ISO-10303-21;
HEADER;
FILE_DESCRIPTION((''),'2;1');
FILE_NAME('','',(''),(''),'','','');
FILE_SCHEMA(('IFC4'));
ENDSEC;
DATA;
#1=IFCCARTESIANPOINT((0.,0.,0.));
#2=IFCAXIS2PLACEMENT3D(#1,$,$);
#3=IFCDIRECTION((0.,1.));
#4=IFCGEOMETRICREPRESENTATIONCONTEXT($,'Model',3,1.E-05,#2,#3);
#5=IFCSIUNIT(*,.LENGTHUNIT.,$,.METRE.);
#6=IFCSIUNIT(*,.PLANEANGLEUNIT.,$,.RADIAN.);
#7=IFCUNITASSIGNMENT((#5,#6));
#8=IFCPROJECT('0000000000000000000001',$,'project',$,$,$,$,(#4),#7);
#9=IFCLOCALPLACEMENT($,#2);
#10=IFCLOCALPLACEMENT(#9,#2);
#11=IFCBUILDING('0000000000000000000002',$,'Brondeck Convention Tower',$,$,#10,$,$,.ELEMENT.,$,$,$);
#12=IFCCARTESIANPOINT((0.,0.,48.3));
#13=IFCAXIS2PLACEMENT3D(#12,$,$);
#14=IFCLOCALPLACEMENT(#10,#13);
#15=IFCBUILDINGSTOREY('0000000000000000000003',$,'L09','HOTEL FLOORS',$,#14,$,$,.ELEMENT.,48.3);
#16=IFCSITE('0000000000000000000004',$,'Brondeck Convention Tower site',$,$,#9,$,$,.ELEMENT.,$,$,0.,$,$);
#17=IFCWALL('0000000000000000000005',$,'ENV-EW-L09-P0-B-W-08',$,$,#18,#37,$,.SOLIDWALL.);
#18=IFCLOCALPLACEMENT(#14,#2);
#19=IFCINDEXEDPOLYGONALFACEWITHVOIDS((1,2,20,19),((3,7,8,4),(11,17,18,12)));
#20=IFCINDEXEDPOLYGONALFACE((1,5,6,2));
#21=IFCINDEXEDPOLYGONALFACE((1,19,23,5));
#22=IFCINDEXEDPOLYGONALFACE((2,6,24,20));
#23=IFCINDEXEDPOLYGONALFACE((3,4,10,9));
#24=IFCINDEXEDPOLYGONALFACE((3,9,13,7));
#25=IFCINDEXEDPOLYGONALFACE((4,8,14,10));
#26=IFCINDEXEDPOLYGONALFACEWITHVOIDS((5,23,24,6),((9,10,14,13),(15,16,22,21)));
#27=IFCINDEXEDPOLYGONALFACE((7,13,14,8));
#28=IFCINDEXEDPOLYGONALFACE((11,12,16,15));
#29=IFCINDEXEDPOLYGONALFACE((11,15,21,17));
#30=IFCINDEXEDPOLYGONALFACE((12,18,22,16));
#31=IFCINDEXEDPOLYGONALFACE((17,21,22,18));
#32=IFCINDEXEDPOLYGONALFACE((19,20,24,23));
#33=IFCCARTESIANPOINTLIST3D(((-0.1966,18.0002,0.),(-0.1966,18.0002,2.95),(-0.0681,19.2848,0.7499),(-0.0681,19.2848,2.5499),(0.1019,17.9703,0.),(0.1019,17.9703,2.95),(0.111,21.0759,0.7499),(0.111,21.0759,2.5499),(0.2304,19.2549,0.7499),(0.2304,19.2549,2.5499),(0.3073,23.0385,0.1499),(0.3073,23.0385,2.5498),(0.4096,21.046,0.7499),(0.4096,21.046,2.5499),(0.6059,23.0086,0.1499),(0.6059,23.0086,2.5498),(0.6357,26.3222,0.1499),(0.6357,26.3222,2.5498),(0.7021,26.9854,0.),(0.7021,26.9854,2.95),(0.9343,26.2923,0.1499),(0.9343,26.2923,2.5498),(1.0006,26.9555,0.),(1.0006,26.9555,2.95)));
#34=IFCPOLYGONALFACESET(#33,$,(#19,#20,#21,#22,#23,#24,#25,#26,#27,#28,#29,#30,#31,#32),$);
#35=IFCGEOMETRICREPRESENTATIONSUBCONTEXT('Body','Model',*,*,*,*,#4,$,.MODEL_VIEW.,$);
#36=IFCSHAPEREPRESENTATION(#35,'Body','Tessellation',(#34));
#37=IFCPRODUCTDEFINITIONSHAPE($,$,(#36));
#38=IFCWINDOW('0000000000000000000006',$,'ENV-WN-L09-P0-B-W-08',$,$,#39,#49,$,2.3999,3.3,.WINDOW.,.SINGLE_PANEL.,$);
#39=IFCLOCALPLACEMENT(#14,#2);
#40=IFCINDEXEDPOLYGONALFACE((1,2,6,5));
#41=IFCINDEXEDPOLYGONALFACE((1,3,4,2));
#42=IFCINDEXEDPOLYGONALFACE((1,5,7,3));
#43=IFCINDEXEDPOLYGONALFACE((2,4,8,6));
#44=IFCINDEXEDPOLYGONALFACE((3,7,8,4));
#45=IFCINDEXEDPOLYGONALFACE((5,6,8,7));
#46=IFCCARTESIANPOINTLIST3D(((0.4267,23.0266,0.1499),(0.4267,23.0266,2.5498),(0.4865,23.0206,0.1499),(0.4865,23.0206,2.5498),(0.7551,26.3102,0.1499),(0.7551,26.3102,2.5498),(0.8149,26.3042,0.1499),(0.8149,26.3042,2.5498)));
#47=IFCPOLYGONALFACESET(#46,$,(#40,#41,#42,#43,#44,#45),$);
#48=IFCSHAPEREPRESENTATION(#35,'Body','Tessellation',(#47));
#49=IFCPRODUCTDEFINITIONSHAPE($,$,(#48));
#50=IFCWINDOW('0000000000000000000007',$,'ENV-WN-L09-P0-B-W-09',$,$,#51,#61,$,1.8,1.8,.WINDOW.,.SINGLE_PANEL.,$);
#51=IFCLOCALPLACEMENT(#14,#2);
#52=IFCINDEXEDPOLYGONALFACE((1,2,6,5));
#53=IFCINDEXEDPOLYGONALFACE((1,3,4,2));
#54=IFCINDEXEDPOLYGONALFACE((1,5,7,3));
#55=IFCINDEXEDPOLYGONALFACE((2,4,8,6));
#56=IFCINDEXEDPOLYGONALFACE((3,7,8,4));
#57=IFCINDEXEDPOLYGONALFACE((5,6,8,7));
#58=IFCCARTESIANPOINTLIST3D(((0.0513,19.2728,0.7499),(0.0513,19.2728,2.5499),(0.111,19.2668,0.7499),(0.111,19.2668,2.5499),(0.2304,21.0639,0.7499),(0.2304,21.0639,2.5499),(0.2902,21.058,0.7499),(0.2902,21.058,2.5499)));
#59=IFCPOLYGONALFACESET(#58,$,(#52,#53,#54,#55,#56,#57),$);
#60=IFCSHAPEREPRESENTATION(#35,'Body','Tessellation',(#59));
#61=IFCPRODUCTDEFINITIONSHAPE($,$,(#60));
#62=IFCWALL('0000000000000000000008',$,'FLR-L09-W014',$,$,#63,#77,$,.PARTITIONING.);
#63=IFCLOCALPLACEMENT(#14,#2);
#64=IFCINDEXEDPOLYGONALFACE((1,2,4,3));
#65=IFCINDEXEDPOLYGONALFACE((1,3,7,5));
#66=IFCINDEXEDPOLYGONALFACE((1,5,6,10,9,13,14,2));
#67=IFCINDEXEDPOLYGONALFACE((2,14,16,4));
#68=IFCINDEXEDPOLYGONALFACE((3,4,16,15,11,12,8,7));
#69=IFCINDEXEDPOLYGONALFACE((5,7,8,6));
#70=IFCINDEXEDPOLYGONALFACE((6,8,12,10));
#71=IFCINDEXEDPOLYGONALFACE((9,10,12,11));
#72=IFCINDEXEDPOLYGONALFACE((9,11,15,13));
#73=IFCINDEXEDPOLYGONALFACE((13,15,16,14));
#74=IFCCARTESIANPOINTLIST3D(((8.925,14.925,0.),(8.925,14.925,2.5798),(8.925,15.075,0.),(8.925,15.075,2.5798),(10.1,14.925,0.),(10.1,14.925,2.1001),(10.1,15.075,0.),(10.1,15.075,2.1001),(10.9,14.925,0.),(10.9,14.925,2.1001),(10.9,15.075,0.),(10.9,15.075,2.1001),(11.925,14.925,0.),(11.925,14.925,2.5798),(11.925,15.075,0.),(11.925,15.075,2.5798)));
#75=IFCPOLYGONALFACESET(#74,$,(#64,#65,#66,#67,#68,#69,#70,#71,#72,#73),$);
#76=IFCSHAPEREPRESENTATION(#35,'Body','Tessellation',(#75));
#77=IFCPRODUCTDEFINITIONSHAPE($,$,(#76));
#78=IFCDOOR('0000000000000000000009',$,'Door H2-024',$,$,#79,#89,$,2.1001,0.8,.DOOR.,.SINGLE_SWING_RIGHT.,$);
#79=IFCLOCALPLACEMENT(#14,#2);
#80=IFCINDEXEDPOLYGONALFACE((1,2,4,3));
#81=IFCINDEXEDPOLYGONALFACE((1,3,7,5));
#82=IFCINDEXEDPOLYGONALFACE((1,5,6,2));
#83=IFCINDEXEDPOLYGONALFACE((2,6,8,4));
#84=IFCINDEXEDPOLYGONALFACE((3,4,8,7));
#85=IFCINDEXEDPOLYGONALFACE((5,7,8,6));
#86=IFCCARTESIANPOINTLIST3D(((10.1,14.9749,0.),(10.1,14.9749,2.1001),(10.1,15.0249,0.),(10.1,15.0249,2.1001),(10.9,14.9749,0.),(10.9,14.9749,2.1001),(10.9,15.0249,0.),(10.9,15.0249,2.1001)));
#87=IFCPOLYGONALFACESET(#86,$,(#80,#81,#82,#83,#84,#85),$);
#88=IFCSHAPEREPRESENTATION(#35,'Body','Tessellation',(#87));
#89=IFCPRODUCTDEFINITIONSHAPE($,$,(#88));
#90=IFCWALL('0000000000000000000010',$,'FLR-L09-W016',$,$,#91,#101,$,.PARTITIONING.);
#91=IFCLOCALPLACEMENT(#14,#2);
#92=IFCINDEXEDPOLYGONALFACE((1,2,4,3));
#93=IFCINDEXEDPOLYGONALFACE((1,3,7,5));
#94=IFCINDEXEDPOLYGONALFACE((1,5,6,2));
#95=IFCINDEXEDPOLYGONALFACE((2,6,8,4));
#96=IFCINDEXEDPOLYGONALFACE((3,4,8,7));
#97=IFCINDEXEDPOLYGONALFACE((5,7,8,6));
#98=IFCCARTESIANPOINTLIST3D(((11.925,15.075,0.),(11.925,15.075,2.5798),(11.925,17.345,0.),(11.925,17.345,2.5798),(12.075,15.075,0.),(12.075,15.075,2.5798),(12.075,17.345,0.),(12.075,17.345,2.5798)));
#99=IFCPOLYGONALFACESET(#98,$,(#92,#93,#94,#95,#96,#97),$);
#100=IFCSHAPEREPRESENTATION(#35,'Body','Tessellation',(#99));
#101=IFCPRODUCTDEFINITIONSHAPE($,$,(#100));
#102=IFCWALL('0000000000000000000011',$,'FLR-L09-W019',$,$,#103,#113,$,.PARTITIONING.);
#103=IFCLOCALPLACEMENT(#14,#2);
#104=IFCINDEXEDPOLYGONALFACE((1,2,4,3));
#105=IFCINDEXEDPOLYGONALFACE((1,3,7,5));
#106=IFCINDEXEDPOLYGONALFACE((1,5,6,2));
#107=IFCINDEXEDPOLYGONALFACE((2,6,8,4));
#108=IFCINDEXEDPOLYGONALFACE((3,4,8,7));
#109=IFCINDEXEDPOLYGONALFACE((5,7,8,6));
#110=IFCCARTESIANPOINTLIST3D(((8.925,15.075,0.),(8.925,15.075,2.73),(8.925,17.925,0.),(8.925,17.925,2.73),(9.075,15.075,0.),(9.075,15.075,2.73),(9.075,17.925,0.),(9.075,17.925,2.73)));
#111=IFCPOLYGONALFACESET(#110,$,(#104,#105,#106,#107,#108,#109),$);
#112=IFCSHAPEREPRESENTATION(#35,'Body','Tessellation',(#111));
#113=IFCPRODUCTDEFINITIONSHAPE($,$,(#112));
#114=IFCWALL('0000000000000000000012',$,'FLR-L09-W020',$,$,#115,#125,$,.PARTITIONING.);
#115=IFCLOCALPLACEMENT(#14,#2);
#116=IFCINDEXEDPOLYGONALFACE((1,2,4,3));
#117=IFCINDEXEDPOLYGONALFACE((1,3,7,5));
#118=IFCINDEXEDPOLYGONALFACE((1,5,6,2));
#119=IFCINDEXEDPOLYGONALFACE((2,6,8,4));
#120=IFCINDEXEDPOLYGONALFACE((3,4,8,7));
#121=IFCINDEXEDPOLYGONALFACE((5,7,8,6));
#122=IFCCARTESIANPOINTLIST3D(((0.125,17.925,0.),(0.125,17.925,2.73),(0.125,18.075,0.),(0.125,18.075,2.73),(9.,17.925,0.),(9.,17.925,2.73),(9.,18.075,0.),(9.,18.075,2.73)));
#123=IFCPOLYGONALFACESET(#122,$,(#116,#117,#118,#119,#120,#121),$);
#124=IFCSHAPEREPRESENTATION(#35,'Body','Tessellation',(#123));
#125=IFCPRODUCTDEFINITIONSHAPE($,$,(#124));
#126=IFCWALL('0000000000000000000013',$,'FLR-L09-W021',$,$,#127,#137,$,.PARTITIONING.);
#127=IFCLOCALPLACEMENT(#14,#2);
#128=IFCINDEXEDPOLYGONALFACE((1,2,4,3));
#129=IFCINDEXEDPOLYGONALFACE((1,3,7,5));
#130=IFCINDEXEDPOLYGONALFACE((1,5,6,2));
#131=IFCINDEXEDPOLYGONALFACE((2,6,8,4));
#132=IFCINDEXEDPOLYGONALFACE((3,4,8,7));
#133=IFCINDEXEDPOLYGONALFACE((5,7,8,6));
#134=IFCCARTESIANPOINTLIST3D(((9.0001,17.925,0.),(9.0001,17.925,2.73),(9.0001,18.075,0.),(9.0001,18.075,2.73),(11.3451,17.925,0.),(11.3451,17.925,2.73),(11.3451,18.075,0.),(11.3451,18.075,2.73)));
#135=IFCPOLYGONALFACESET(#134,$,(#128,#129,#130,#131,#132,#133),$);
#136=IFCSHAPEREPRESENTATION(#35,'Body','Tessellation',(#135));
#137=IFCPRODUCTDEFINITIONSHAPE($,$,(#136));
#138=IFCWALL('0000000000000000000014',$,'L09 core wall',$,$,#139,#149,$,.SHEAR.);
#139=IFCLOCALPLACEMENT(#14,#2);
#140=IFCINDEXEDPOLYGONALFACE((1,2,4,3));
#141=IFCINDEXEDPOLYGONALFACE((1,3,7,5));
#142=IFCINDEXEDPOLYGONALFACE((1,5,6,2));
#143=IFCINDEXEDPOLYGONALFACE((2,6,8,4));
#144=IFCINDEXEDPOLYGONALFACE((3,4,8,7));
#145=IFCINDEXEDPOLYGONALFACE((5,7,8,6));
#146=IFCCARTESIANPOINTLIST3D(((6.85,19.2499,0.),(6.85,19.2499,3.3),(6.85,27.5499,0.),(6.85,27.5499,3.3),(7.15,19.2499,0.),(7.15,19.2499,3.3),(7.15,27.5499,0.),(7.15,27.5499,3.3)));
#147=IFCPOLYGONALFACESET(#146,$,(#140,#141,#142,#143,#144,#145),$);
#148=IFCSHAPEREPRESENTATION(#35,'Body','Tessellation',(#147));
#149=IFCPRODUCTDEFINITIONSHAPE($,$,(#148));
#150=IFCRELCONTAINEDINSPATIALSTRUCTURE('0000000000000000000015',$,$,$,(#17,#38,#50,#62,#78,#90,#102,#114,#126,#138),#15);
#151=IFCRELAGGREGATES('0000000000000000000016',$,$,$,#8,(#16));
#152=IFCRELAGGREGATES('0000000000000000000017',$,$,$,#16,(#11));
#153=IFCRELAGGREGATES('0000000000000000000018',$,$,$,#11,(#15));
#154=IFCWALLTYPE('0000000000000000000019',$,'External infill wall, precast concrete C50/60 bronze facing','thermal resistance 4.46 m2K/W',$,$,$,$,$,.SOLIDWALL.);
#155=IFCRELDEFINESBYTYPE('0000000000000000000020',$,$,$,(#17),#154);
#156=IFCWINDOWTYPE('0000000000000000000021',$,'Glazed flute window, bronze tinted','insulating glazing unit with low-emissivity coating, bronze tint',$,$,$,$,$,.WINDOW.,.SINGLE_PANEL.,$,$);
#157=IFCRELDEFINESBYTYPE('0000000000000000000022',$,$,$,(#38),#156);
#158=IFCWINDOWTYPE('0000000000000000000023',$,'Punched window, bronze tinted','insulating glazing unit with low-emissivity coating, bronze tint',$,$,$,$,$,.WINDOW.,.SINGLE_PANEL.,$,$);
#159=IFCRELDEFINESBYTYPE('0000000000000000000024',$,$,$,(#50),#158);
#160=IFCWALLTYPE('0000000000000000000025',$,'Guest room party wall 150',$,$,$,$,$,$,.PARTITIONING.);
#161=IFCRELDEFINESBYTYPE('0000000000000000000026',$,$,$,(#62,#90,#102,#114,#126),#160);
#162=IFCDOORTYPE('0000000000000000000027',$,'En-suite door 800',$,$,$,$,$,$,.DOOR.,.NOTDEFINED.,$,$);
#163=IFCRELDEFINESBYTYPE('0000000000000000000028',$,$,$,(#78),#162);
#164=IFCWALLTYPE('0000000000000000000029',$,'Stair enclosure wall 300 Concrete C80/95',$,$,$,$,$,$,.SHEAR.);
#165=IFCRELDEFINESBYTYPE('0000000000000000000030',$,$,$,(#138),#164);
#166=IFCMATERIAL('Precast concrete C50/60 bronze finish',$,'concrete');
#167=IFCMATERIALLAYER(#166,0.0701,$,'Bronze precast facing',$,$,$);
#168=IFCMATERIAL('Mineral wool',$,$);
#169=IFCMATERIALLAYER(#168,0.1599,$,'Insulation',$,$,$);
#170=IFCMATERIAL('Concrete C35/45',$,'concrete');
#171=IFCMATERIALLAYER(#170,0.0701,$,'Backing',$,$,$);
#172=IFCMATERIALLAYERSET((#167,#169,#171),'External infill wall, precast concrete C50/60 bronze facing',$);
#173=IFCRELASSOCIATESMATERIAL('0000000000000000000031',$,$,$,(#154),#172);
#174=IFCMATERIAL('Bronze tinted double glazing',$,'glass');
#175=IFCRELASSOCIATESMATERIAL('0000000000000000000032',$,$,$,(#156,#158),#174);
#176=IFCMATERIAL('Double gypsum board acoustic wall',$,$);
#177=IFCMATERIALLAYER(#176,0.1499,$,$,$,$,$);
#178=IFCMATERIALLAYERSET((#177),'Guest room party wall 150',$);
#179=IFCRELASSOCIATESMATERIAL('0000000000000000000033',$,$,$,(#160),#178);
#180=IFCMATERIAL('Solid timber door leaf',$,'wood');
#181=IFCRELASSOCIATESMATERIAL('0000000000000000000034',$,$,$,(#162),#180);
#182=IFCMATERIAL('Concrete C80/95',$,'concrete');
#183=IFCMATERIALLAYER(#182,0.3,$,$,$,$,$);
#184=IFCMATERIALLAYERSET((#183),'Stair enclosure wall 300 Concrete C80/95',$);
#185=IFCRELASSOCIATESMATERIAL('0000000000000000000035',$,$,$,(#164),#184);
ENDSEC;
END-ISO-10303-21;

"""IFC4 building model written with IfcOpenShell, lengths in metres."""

from ifc_helpers import new_model, si_unit, direction, frame, frame_2d, origin, place, context, subcontext, project, spatial, rectangle, extrude, material, layer, layer_set, type_object, element, fill, save


model = new_model("IFC4")

# Units and contexts
model_context = context("Model", 3, precision=1e-05, world=origin(), true_north=direction((0.0, 1.0)))
body_context = subcontext(model_context, "Body", "Model", "MODEL_VIEW")
ifc_project = project(units=[si_unit("LENGTHUNIT", "METRE"), si_unit("PLANEANGLEUNIT", "RADIAN")], contexts=[model_context])

# Site, building, storey
site_placement = place(None, origin())
site = spatial("IfcSite", under=ifc_project, at=site_placement, Name="Brondeck Convention Tower site", CompositionType="ELEMENT", RefElevation=0.0)
building_placement = place(site_placement, origin())
building = spatial("IfcBuilding", under=site, at=building_placement, Name="Brondeck Convention Tower", CompositionType="ELEMENT")
storey_placement = place(building_placement, frame((0.0, 0.0, 48.3)))
storey = spatial("IfcBuildingStorey", under=building, at=storey_placement, Name="L09", Description="HOTEL FLOORS", CompositionType="ELEMENT", Elevation=48.3)

# Shared definitions
ifc_material_1 = material(Name="Concrete C80/95", Category="concrete")

# Wall, openings, windows
ifc_material_2 = material(Name="Precast concrete C50/60 bronze finish", Category="concrete")
ifc_layer_1 = layer(ifc_material_2, 0.0701, Name="Bronze precast facing")
ifc_material_3 = material(Name="Mineral wool")
ifc_layer_2 = layer(ifc_material_3, 0.1599, Name="Insulation")
ifc_material_4 = material(Name="Concrete C35/45", Category="concrete")
ifc_layer_3 = layer(ifc_material_4, 0.0701, Name="Backing")
ifc_layer_set_1 = layer_set([ifc_layer_1, ifc_layer_2, ifc_layer_3], Name="External infill wall, precast concrete C50/60 bronze facing")
wall_type_1 = type_object("IfcWallType", Name="External infill wall, precast concrete C50/60 bronze facing", Description="thermal resistance 4.46 m2K/W", PredefinedType="SOLIDWALL", material=ifc_layer_set_1)
wall_1_placement = place(storey_placement, frame((-0.0474, 17.9851, 0.0), z_axis=(0.0, 0.0, 1.0), x_axis=(0.099522, 0.995035, 0.0)))
wall_1 = element("IfcWall", 1, at=wall_1_placement, inside=storey, type_object=wall_type_1, Name="ENV-EW-L09-P0-B-W-08", PredefinedType="SOLIDWALL", context=body_context, shape_type="SweptSolid", body=[
    extrude(rectangle(XDim=9.03, YDim=0.3, at=frame_2d((4.5151, 0.0))), origin(), (0.0, 0.0, 1.0), 2.95),
])
opening_1_placement = place(wall_1_placement, frame((1.2913, 0.0, 0.75)))
opening_1 = element("IfcOpeningElement", 2, at=opening_1_placement, cuts=wall_1, PredefinedType="OPENING", context=body_context, shape_type="SweptSolid", body=[
    extrude(rectangle(XDim=1.8, YDim=1.8, at=frame_2d((0.8999, 0.8999))), frame((0.0, 0.1599, 0.0), z_axis=(0.0, -1.0, 0.0), x_axis=(1.0, 0.0, 0.0)), (0.0, 0.0, 1.0), 0.3201),
])
opening_2_placement = place(wall_1_placement, frame((5.0637, 0.0, 0.1499)))
opening_2 = element("IfcOpeningElement", 3, at=opening_2_placement, cuts=wall_1, PredefinedType="OPENING", context=body_context, shape_type="SweptSolid", body=[
    extrude(rectangle(XDim=3.3, YDim=2.3999, at=frame_2d((1.6499, 1.2))), frame((0.0, 0.1599, 0.0), z_axis=(0.0, -1.0, 0.0), x_axis=(1.0, 0.0, 0.0)), (0.0, 0.0, 1.0), 0.3201),
])
ifc_material_5 = material(Name="Bronze tinted double glazing", Category="glass")
window_type_1 = type_object("IfcWindowType", Name="Glazed flute window, bronze tinted", Description="insulating glazing unit with low-emissivity coating, bronze tint", PartitioningType="SINGLE_PANEL", PredefinedType="WINDOW", material=ifc_material_5)
window_1_placement = place(opening_2_placement, origin())
window_1 = element("IfcWindow", 4, at=window_1_placement, inside=storey, type_object=window_type_1, Name="ENV-WN-L09-P0-B-W-08", OverallHeight=2.3999, OverallWidth=3.3, PartitioningType="SINGLE_PANEL", PredefinedType="WINDOW", context=body_context, shape_type="SweptSolid", body=[
    extrude(rectangle(XDim=3.3, YDim=2.3999, at=frame_2d((1.6499, 1.2))), frame((0.0, 0.03, 0.0), z_axis=(0.0, -1.0, 0.0), x_axis=(1.0, 0.0, 0.0)), (0.0, 0.0, 1.0), 0.0601),
])
fill(opening_2, window_1)
window_type_2 = type_object("IfcWindowType", Name="Punched window, bronze tinted", Description="insulating glazing unit with low-emissivity coating, bronze tint", PartitioningType="SINGLE_PANEL", PredefinedType="WINDOW", material=ifc_material_5)
window_2_placement = place(opening_1_placement, origin())
window_2 = element("IfcWindow", 5, at=window_2_placement, inside=storey, type_object=window_type_2, Name="ENV-WN-L09-P0-B-W-09", OverallHeight=1.8, OverallWidth=1.8, PartitioningType="SINGLE_PANEL", PredefinedType="WINDOW", context=body_context, shape_type="SweptSolid", body=[
    extrude(rectangle(XDim=1.8, YDim=1.8, at=frame_2d((0.8999, 0.8999))), frame((0.0, 0.03, 0.0), z_axis=(0.0, -1.0, 0.0), x_axis=(1.0, 0.0, 0.0)), (0.0, 0.0, 1.0), 0.0601),
])
fill(opening_1, window_2)

# Wall, opening, door
ifc_material_6 = material(Name="Double gypsum board acoustic wall")
ifc_layer_4 = layer(ifc_material_6, 0.1499)
ifc_layer_set_2 = layer_set([ifc_layer_4], Name="Guest room party wall 150")
wall_type_2 = type_object("IfcWallType", Name="Guest room party wall 150", PredefinedType="PARTITIONING", material=ifc_layer_set_2)
wall_2_placement = place(storey_placement, frame((8.925, 15.0, 0.0), z_axis=(0.0, 0.0, 1.0), x_axis=(1.0, 0.0, 0.0)))
wall_2 = element("IfcWall", 6, at=wall_2_placement, inside=storey, type_object=wall_type_2, Name="FLR-L09-W014", PredefinedType="PARTITIONING", context=body_context, shape_type="SweptSolid", body=[
    extrude(rectangle(XDim=3.0, YDim=0.1499, at=frame_2d((1.5, 0.0))), origin(), (0.0, 0.0, 1.0), 2.5798),
])
opening_3_placement = place(wall_2_placement, frame((1.175, 0.0, 0.0)))
opening_3 = element("IfcOpeningElement", 7, at=opening_3_placement, cuts=wall_2, PredefinedType="OPENING", context=body_context, shape_type="SweptSolid", body=[
    extrude(rectangle(XDim=0.8, YDim=2.1001, at=frame_2d((0.3999, 1.05))), frame((0.0, 0.085, 0.0), z_axis=(0.0, -1.0, 0.0), x_axis=(1.0, 0.0, 0.0)), (0.0, 0.0, 1.0), 0.1699),
])
ifc_material_7 = material(Name="Solid timber door leaf", Category="wood")
door_type_1 = type_object("IfcDoorType", Name="En-suite door 800", OperationType="NOTDEFINED", PredefinedType="DOOR", material=ifc_material_7)
door_1_placement = place(opening_3_placement, origin())
door_1 = element("IfcDoor", 8, at=door_1_placement, inside=storey, type_object=door_type_1, Name="Door H2-024", OperationType="SINGLE_SWING_RIGHT", OverallHeight=2.1001, OverallWidth=0.8, PredefinedType="DOOR", context=body_context, shape_type="SweptSolid", body=[
    extrude(rectangle(XDim=0.8, YDim=2.1001, at=frame_2d((0.3999, 1.05))), frame((0.0, 0.0249, 0.0), z_axis=(0.0, -1.0, 0.0), x_axis=(1.0, 0.0, 0.0)), (0.0, 0.0, 1.0), 0.05),
])
fill(opening_3, door_1)

# Walls
wall_3_placement = place(storey_placement, frame((12.0, 15.075, 0.0), z_axis=(0.0, 0.0, 1.0), x_axis=(0.0, 1.0, 0.0)))
element("IfcWall", 9, at=wall_3_placement, inside=storey, type_object=wall_type_2, Name="FLR-L09-W016", PredefinedType="PARTITIONING", context=body_context, shape_type="SweptSolid", body=[
    extrude(rectangle(XDim=2.27, YDim=0.1499, at=frame_2d((1.135, 0.0))), origin(), (0.0, 0.0, 1.0), 2.5798),
])
wall_4_placement = place(storey_placement, frame((9.0, 17.925, 0.0), z_axis=(0.0, 0.0, 1.0), x_axis=(0.0, -1.0, 0.0)))
element("IfcWall", 10, at=wall_4_placement, inside=storey, type_object=wall_type_2, Name="FLR-L09-W019", PredefinedType="PARTITIONING", context=body_context, shape_type="SweptSolid", body=[
    extrude(rectangle(XDim=2.8501, YDim=0.1499, at=frame_2d((1.425, 0.0))), origin(), (0.0, 0.0, 1.0), 2.73),
])
wall_5_placement = place(storey_placement, frame((9.0, 18.0, 0.0), z_axis=(0.0, 0.0, 1.0), x_axis=(-1.0, 0.0, 0.0)))
element("IfcWall", 11, at=wall_5_placement, inside=storey, type_object=wall_type_2, Name="FLR-L09-W020", PredefinedType="PARTITIONING", context=body_context, shape_type="SweptSolid", body=[
    extrude(rectangle(XDim=8.875, YDim=0.1499, at=frame_2d((4.4375, 0.0))), origin(), (0.0, 0.0, 1.0), 2.73),
])
wall_6_placement = place(storey_placement, frame((11.345, 18.0, 0.0), z_axis=(0.0, 0.0, 1.0), x_axis=(-1.0, 0.0, 0.0)))
element("IfcWall", 12, at=wall_6_placement, inside=storey, type_object=wall_type_2, Name="FLR-L09-W021", PredefinedType="PARTITIONING", context=body_context, shape_type="SweptSolid", body=[
    extrude(rectangle(XDim=2.345, YDim=0.1499, at=frame_2d((1.1724, 0.0))), origin(), (0.0, 0.0, 1.0), 2.73),
])
ifc_layer_5 = layer(ifc_material_1, 0.3)
ifc_layer_set_3 = layer_set([ifc_layer_5], Name="Stair enclosure wall 300 Concrete C80/95")
wall_type_3 = type_object("IfcWallType", Name="Stair enclosure wall 300 Concrete C80/95", PredefinedType="SHEAR", material=ifc_layer_set_3)
wall_7_placement = place(storey_placement, frame((7.0, 19.25, 0.0), z_axis=(0.0, 0.0, 1.0), x_axis=(0.0, 1.0, 0.0)))
element("IfcWall", 13, at=wall_7_placement, inside=storey, type_object=wall_type_3, Name="L09 core wall", PredefinedType="SHEAR", context=body_context, shape_type="SweptSolid", body=[
    extrude(rectangle(XDim=8.3, YDim=0.3, at=frame_2d((4.1499, 0.0))), origin(), (0.0, 0.0, 1.0), 3.3),
])

save(model, "model.ifc")
